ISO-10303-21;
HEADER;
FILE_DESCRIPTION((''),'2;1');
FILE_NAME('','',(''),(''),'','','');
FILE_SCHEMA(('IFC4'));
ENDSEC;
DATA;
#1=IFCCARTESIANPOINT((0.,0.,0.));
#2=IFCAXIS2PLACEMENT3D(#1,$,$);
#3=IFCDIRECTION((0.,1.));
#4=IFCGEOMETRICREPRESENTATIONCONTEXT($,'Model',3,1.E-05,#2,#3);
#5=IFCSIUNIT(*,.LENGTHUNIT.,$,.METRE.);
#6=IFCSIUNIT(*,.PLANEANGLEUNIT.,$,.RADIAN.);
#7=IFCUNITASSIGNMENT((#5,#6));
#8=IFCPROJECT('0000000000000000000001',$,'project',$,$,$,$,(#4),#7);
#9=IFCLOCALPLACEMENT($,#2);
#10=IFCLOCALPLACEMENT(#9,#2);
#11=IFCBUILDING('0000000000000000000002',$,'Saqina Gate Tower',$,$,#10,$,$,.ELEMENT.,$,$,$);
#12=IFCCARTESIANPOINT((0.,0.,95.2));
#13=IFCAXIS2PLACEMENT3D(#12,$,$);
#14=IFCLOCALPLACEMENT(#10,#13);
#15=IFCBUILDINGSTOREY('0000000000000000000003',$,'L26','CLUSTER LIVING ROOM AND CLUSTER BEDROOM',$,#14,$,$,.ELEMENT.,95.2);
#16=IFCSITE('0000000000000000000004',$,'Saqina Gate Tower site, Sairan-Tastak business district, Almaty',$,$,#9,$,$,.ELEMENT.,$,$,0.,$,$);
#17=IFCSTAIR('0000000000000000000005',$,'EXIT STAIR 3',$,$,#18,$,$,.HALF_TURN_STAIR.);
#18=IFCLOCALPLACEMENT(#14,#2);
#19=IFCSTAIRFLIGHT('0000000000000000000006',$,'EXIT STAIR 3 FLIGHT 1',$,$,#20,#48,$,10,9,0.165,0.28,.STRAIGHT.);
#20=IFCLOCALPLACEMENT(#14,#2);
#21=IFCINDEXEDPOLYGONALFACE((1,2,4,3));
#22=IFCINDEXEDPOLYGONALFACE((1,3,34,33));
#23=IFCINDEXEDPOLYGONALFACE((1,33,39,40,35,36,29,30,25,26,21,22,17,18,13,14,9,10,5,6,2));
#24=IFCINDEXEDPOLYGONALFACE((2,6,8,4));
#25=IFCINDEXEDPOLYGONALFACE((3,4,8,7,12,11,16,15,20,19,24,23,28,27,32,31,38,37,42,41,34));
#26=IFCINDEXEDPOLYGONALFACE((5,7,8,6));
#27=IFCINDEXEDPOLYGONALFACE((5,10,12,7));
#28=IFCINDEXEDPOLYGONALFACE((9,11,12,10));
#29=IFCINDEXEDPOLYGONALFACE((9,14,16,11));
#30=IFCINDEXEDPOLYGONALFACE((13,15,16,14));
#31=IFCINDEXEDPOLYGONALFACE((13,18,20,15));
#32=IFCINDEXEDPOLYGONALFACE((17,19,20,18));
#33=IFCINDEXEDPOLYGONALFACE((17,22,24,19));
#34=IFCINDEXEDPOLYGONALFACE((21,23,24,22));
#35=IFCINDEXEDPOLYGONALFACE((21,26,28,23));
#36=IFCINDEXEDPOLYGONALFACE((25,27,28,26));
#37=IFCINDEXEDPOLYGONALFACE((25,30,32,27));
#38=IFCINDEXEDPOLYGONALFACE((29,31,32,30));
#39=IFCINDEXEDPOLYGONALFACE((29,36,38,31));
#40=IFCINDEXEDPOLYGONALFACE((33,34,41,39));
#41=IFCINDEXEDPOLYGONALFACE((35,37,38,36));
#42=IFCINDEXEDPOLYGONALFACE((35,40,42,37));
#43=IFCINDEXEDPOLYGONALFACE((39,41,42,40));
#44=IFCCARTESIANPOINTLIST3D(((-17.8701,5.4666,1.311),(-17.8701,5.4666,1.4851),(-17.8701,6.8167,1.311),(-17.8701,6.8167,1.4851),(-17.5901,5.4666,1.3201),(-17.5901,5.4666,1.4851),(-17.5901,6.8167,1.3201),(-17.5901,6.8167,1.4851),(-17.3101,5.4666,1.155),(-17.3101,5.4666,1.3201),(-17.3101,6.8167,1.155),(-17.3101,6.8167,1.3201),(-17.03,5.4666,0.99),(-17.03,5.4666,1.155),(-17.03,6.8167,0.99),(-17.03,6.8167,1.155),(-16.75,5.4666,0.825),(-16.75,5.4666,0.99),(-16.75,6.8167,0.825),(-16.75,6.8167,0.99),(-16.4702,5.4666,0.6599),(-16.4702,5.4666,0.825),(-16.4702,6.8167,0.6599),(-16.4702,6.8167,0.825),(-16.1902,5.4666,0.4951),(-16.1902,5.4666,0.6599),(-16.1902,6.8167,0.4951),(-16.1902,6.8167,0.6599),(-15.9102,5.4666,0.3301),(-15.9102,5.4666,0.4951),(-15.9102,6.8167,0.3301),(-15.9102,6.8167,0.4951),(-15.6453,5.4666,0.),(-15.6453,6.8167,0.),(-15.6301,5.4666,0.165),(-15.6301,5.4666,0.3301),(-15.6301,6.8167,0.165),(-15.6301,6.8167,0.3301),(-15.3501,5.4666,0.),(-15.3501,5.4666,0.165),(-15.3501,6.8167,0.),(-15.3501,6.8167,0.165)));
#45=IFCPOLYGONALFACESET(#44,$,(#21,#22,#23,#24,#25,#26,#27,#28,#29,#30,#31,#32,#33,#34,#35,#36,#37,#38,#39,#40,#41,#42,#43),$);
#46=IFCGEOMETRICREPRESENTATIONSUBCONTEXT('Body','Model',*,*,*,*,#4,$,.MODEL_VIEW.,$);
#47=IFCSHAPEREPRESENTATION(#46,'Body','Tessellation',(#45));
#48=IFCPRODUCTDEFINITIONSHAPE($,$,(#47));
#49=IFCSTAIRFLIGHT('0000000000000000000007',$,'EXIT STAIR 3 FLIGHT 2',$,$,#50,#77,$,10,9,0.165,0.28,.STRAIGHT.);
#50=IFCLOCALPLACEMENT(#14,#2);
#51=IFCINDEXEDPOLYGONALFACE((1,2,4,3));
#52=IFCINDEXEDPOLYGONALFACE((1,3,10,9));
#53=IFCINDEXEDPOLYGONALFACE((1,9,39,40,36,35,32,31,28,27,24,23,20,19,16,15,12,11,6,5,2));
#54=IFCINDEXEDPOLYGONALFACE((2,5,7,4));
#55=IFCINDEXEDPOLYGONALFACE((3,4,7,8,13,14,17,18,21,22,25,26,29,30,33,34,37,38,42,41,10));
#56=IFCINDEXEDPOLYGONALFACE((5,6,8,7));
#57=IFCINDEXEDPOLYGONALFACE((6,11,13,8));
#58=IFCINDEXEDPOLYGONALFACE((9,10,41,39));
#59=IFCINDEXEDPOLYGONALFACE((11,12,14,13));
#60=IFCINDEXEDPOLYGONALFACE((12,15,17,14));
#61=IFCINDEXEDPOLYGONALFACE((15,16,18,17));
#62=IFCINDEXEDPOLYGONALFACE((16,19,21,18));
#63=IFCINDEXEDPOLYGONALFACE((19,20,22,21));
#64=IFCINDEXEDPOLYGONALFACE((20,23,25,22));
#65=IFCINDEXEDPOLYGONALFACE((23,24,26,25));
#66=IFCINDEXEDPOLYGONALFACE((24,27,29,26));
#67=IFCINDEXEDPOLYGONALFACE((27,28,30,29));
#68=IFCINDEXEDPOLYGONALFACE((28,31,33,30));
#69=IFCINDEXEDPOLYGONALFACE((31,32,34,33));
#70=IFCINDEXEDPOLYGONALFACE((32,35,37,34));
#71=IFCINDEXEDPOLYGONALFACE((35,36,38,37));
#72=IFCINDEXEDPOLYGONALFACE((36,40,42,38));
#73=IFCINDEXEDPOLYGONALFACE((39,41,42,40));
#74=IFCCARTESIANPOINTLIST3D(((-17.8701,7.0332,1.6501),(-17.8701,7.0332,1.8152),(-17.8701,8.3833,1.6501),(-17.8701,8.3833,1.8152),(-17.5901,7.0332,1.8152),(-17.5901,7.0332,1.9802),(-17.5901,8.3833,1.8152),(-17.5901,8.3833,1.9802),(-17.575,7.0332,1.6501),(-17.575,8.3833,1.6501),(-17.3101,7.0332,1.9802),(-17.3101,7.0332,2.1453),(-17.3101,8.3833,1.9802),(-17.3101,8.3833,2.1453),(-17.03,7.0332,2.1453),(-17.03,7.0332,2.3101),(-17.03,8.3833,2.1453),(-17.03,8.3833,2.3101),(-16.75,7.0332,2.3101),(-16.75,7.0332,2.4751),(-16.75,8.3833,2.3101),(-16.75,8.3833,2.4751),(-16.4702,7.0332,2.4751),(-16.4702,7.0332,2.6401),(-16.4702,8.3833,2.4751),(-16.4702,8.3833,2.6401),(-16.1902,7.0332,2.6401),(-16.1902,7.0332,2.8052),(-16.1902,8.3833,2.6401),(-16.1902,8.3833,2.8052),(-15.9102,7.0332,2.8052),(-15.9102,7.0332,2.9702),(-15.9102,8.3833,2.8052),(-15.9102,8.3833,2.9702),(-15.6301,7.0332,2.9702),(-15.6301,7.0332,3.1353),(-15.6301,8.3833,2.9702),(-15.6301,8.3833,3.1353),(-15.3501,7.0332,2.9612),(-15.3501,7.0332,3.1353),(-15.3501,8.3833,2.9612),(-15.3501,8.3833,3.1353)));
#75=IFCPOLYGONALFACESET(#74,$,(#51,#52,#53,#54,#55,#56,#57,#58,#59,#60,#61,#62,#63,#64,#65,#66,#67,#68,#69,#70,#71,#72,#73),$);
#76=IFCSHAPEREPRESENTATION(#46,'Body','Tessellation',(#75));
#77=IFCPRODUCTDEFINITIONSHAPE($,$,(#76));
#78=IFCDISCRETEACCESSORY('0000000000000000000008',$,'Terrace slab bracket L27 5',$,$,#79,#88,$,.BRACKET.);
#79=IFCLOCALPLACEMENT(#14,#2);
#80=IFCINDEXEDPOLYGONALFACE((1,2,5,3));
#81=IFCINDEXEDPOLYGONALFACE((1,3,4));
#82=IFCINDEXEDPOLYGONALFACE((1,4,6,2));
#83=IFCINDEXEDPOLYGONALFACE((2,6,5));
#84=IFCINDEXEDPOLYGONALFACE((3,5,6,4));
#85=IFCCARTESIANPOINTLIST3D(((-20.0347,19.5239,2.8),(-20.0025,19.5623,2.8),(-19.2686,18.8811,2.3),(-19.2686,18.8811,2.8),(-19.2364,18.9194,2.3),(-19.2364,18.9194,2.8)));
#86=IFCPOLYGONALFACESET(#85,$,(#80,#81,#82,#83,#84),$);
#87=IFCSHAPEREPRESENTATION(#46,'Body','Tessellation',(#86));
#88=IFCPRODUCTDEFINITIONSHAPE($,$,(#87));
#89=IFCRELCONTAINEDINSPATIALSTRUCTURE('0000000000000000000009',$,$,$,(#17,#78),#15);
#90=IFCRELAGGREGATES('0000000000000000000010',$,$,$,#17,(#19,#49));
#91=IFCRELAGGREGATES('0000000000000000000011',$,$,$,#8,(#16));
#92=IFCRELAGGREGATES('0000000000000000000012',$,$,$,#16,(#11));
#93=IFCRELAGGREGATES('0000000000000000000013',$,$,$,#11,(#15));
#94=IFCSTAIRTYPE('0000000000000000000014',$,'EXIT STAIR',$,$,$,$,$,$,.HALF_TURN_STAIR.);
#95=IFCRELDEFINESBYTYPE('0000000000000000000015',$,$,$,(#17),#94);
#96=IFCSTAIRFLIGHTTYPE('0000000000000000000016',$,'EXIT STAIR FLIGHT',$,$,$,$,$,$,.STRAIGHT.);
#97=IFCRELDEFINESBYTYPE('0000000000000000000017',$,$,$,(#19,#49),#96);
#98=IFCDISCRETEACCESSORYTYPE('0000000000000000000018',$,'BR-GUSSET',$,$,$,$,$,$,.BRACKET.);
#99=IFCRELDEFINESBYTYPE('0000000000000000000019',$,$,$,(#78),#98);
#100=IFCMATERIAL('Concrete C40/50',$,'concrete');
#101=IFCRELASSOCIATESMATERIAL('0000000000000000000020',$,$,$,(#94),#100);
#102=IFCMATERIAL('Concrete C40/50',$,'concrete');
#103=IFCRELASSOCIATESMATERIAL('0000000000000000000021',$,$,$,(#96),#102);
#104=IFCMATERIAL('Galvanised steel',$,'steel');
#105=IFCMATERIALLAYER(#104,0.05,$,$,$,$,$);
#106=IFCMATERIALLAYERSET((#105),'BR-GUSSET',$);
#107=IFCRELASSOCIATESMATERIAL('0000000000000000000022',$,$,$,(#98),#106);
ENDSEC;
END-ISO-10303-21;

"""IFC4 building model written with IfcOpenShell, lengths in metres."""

from ifc_helpers import new_model, si_unit, direction, frame, origin, place, context, subcontext, project, spatial, polyline, outline, extrude, material, layer, layer_set, type_object, element, aggregate, save


model = new_model("IFC4")

# Units and contexts
model_context = context("Model", 3, precision=1e-05, world=origin(), true_north=direction((0.0, 1.0)))
body_context = subcontext(model_context, "Body", "Model", "MODEL_VIEW")
ifc_project = project(units=[si_unit("LENGTHUNIT", "METRE"), si_unit("PLANEANGLEUNIT", "RADIAN")], contexts=[model_context])

# Site, building, storey
site_placement = place(None, origin())
site = spatial("IfcSite", under=ifc_project, at=site_placement, Name="Saqina Gate Tower site, Sairan-Tastak business district, Almaty", CompositionType="ELEMENT", RefElevation=0.0)
building_placement = place(site_placement, origin())
building = spatial("IfcBuilding", under=site, at=building_placement, Name="Saqina Gate Tower", CompositionType="ELEMENT")
storey_placement = place(building_placement, frame((0.0, 0.0, 95.2)))
storey = spatial("IfcBuildingStorey", under=building, at=storey_placement, Name="L26", Description="CLUSTER LIVING ROOM AND CLUSTER BEDROOM", CompositionType="ELEMENT", Elevation=95.2)

# Stair, stair flights
ifc_material_1 = material(Name="Concrete C40/50", Category="concrete")
stair_type = type_object("IfcStairType", Name="EXIT STAIR", PredefinedType="HALF_TURN_STAIR", material=ifc_material_1)
stair_placement = place(storey_placement, origin())
stair = element("IfcStair", 1, at=stair_placement, inside=storey, type_object=stair_type, Name="EXIT STAIR 3", PredefinedType="HALF_TURN_STAIR")
ifc_material_2 = material(Name="Concrete C40/50", Category="concrete")
stair_flight_type = type_object("IfcStairFlightType", Name="EXIT STAIR FLIGHT", PredefinedType="STRAIGHT", material=ifc_material_2)
stair_flight_1_placement = place(storey_placement, frame((-15.3501, 6.1416, 0.0), z_axis=(0.0, 0.0, 1.0), x_axis=(-1.0, 0.0, 0.0)))
stair_flight_1 = element("IfcStairFlight", 2, at=stair_flight_1_placement, type_object=stair_flight_type, Name="EXIT STAIR 3 FLIGHT 1", NumberOfRisers=10, NumberOfTreads=9, PredefinedType="STRAIGHT", RiserHeight=0.165, TreadLength=0.28, context=body_context, shape_type="SweptSolid", body=[
    extrude(outline(polyline([(0.0, 0.0), (0.0, 0.165), (0.28, 0.165), (0.28, 0.3301), (0.5601, 0.3301), (0.5601, 0.4951), (0.8401, 0.4951), (0.8401, 0.6599), (1.1201, 0.6599), (1.1201, 0.825), (1.3999, 0.825), (1.3999, 0.99), (1.6799, 0.99), (1.6799, 1.155), (1.96, 1.155), (1.96, 1.3201), (2.24, 1.3201), (2.24, 1.4851), (2.52, 1.4851), (2.52, 1.6499), (2.52, 1.311), (0.2952, 0.0), (0.0, 0.0)])), frame((0.0, 0.675, 0.0), z_axis=(0.0, -1.0, 0.0), x_axis=(1.0, 0.0, 0.0)), (0.0, 0.0, 1.0), 1.3501),
])
stair_flight_2_placement = place(storey_placement, frame((-17.8701, 7.7083, 1.6501), z_axis=(0.0, 0.0, 1.0), x_axis=(1.0, 0.0, 0.0)))
stair_flight_2 = element("IfcStairFlight", 3, at=stair_flight_2_placement, type_object=stair_flight_type, Name="EXIT STAIR 3 FLIGHT 2", NumberOfRisers=10, NumberOfTreads=9, PredefinedType="STRAIGHT", RiserHeight=0.165, TreadLength=0.28, context=body_context, shape_type="SweptSolid", body=[
    extrude(outline(polyline([(0.0, 0.0), (0.0, 0.165), (0.28, 0.165), (0.28, 0.3301), (0.5601, 0.3301), (0.5601, 0.4951), (0.8401, 0.4951), (0.8401, 0.6599), (1.1201, 0.6599), (1.1201, 0.825), (1.3999, 0.825), (1.3999, 0.99), (1.6799, 0.99), (1.6799, 1.155), (1.96, 1.155), (1.96, 1.3201), (2.24, 1.3201), (2.24, 1.4851), (2.52, 1.4851), (2.52, 1.6499), (2.52, 1.311), (0.2952, 0.0), (0.0, 0.0)])), frame((0.0, 0.675, 0.0), z_axis=(0.0, -1.0, 0.0), x_axis=(1.0, 0.0, 0.0)), (0.0, 0.0, 1.0), 1.3501),
])
aggregate(stair, [stair_flight_1, stair_flight_2])

# Discrete accessory
ifc_material_3 = material(Name="Galvanised steel", Category="steel")
ifc_layer_1 = layer(ifc_material_3, 0.05)
ifc_layer_set_1 = layer_set([ifc_layer_1], Name="BR-GUSSET")
discrete_accessory_type = type_object("IfcDiscreteAccessoryType", Name="BR-GUSSET", PredefinedType="BRACKET", material=ifc_layer_set_1)
discrete_accessory_placement = place(storey_placement, frame((-19.2686, 18.8811, 2.3), z_axis=(-0.642774, -0.766056, 0.0), x_axis=(0.0, 0.0, 1.0)))
element("IfcDiscreteAccessory", 4, at=discrete_accessory_placement, inside=storey, type_object=discrete_accessory_type, Name="Terrace slab bracket L27 5", PredefinedType="BRACKET", context=body_context, shape_type="SweptSolid", body=[
    extrude(outline(polyline([(0.0, 0.0), (0.5, 0.0), (0.5, 1.0001), (0.0, 0.0)])), origin(), (0.0, 0.0, -1.0), 0.05),
])

save(model, "model.ifc")
